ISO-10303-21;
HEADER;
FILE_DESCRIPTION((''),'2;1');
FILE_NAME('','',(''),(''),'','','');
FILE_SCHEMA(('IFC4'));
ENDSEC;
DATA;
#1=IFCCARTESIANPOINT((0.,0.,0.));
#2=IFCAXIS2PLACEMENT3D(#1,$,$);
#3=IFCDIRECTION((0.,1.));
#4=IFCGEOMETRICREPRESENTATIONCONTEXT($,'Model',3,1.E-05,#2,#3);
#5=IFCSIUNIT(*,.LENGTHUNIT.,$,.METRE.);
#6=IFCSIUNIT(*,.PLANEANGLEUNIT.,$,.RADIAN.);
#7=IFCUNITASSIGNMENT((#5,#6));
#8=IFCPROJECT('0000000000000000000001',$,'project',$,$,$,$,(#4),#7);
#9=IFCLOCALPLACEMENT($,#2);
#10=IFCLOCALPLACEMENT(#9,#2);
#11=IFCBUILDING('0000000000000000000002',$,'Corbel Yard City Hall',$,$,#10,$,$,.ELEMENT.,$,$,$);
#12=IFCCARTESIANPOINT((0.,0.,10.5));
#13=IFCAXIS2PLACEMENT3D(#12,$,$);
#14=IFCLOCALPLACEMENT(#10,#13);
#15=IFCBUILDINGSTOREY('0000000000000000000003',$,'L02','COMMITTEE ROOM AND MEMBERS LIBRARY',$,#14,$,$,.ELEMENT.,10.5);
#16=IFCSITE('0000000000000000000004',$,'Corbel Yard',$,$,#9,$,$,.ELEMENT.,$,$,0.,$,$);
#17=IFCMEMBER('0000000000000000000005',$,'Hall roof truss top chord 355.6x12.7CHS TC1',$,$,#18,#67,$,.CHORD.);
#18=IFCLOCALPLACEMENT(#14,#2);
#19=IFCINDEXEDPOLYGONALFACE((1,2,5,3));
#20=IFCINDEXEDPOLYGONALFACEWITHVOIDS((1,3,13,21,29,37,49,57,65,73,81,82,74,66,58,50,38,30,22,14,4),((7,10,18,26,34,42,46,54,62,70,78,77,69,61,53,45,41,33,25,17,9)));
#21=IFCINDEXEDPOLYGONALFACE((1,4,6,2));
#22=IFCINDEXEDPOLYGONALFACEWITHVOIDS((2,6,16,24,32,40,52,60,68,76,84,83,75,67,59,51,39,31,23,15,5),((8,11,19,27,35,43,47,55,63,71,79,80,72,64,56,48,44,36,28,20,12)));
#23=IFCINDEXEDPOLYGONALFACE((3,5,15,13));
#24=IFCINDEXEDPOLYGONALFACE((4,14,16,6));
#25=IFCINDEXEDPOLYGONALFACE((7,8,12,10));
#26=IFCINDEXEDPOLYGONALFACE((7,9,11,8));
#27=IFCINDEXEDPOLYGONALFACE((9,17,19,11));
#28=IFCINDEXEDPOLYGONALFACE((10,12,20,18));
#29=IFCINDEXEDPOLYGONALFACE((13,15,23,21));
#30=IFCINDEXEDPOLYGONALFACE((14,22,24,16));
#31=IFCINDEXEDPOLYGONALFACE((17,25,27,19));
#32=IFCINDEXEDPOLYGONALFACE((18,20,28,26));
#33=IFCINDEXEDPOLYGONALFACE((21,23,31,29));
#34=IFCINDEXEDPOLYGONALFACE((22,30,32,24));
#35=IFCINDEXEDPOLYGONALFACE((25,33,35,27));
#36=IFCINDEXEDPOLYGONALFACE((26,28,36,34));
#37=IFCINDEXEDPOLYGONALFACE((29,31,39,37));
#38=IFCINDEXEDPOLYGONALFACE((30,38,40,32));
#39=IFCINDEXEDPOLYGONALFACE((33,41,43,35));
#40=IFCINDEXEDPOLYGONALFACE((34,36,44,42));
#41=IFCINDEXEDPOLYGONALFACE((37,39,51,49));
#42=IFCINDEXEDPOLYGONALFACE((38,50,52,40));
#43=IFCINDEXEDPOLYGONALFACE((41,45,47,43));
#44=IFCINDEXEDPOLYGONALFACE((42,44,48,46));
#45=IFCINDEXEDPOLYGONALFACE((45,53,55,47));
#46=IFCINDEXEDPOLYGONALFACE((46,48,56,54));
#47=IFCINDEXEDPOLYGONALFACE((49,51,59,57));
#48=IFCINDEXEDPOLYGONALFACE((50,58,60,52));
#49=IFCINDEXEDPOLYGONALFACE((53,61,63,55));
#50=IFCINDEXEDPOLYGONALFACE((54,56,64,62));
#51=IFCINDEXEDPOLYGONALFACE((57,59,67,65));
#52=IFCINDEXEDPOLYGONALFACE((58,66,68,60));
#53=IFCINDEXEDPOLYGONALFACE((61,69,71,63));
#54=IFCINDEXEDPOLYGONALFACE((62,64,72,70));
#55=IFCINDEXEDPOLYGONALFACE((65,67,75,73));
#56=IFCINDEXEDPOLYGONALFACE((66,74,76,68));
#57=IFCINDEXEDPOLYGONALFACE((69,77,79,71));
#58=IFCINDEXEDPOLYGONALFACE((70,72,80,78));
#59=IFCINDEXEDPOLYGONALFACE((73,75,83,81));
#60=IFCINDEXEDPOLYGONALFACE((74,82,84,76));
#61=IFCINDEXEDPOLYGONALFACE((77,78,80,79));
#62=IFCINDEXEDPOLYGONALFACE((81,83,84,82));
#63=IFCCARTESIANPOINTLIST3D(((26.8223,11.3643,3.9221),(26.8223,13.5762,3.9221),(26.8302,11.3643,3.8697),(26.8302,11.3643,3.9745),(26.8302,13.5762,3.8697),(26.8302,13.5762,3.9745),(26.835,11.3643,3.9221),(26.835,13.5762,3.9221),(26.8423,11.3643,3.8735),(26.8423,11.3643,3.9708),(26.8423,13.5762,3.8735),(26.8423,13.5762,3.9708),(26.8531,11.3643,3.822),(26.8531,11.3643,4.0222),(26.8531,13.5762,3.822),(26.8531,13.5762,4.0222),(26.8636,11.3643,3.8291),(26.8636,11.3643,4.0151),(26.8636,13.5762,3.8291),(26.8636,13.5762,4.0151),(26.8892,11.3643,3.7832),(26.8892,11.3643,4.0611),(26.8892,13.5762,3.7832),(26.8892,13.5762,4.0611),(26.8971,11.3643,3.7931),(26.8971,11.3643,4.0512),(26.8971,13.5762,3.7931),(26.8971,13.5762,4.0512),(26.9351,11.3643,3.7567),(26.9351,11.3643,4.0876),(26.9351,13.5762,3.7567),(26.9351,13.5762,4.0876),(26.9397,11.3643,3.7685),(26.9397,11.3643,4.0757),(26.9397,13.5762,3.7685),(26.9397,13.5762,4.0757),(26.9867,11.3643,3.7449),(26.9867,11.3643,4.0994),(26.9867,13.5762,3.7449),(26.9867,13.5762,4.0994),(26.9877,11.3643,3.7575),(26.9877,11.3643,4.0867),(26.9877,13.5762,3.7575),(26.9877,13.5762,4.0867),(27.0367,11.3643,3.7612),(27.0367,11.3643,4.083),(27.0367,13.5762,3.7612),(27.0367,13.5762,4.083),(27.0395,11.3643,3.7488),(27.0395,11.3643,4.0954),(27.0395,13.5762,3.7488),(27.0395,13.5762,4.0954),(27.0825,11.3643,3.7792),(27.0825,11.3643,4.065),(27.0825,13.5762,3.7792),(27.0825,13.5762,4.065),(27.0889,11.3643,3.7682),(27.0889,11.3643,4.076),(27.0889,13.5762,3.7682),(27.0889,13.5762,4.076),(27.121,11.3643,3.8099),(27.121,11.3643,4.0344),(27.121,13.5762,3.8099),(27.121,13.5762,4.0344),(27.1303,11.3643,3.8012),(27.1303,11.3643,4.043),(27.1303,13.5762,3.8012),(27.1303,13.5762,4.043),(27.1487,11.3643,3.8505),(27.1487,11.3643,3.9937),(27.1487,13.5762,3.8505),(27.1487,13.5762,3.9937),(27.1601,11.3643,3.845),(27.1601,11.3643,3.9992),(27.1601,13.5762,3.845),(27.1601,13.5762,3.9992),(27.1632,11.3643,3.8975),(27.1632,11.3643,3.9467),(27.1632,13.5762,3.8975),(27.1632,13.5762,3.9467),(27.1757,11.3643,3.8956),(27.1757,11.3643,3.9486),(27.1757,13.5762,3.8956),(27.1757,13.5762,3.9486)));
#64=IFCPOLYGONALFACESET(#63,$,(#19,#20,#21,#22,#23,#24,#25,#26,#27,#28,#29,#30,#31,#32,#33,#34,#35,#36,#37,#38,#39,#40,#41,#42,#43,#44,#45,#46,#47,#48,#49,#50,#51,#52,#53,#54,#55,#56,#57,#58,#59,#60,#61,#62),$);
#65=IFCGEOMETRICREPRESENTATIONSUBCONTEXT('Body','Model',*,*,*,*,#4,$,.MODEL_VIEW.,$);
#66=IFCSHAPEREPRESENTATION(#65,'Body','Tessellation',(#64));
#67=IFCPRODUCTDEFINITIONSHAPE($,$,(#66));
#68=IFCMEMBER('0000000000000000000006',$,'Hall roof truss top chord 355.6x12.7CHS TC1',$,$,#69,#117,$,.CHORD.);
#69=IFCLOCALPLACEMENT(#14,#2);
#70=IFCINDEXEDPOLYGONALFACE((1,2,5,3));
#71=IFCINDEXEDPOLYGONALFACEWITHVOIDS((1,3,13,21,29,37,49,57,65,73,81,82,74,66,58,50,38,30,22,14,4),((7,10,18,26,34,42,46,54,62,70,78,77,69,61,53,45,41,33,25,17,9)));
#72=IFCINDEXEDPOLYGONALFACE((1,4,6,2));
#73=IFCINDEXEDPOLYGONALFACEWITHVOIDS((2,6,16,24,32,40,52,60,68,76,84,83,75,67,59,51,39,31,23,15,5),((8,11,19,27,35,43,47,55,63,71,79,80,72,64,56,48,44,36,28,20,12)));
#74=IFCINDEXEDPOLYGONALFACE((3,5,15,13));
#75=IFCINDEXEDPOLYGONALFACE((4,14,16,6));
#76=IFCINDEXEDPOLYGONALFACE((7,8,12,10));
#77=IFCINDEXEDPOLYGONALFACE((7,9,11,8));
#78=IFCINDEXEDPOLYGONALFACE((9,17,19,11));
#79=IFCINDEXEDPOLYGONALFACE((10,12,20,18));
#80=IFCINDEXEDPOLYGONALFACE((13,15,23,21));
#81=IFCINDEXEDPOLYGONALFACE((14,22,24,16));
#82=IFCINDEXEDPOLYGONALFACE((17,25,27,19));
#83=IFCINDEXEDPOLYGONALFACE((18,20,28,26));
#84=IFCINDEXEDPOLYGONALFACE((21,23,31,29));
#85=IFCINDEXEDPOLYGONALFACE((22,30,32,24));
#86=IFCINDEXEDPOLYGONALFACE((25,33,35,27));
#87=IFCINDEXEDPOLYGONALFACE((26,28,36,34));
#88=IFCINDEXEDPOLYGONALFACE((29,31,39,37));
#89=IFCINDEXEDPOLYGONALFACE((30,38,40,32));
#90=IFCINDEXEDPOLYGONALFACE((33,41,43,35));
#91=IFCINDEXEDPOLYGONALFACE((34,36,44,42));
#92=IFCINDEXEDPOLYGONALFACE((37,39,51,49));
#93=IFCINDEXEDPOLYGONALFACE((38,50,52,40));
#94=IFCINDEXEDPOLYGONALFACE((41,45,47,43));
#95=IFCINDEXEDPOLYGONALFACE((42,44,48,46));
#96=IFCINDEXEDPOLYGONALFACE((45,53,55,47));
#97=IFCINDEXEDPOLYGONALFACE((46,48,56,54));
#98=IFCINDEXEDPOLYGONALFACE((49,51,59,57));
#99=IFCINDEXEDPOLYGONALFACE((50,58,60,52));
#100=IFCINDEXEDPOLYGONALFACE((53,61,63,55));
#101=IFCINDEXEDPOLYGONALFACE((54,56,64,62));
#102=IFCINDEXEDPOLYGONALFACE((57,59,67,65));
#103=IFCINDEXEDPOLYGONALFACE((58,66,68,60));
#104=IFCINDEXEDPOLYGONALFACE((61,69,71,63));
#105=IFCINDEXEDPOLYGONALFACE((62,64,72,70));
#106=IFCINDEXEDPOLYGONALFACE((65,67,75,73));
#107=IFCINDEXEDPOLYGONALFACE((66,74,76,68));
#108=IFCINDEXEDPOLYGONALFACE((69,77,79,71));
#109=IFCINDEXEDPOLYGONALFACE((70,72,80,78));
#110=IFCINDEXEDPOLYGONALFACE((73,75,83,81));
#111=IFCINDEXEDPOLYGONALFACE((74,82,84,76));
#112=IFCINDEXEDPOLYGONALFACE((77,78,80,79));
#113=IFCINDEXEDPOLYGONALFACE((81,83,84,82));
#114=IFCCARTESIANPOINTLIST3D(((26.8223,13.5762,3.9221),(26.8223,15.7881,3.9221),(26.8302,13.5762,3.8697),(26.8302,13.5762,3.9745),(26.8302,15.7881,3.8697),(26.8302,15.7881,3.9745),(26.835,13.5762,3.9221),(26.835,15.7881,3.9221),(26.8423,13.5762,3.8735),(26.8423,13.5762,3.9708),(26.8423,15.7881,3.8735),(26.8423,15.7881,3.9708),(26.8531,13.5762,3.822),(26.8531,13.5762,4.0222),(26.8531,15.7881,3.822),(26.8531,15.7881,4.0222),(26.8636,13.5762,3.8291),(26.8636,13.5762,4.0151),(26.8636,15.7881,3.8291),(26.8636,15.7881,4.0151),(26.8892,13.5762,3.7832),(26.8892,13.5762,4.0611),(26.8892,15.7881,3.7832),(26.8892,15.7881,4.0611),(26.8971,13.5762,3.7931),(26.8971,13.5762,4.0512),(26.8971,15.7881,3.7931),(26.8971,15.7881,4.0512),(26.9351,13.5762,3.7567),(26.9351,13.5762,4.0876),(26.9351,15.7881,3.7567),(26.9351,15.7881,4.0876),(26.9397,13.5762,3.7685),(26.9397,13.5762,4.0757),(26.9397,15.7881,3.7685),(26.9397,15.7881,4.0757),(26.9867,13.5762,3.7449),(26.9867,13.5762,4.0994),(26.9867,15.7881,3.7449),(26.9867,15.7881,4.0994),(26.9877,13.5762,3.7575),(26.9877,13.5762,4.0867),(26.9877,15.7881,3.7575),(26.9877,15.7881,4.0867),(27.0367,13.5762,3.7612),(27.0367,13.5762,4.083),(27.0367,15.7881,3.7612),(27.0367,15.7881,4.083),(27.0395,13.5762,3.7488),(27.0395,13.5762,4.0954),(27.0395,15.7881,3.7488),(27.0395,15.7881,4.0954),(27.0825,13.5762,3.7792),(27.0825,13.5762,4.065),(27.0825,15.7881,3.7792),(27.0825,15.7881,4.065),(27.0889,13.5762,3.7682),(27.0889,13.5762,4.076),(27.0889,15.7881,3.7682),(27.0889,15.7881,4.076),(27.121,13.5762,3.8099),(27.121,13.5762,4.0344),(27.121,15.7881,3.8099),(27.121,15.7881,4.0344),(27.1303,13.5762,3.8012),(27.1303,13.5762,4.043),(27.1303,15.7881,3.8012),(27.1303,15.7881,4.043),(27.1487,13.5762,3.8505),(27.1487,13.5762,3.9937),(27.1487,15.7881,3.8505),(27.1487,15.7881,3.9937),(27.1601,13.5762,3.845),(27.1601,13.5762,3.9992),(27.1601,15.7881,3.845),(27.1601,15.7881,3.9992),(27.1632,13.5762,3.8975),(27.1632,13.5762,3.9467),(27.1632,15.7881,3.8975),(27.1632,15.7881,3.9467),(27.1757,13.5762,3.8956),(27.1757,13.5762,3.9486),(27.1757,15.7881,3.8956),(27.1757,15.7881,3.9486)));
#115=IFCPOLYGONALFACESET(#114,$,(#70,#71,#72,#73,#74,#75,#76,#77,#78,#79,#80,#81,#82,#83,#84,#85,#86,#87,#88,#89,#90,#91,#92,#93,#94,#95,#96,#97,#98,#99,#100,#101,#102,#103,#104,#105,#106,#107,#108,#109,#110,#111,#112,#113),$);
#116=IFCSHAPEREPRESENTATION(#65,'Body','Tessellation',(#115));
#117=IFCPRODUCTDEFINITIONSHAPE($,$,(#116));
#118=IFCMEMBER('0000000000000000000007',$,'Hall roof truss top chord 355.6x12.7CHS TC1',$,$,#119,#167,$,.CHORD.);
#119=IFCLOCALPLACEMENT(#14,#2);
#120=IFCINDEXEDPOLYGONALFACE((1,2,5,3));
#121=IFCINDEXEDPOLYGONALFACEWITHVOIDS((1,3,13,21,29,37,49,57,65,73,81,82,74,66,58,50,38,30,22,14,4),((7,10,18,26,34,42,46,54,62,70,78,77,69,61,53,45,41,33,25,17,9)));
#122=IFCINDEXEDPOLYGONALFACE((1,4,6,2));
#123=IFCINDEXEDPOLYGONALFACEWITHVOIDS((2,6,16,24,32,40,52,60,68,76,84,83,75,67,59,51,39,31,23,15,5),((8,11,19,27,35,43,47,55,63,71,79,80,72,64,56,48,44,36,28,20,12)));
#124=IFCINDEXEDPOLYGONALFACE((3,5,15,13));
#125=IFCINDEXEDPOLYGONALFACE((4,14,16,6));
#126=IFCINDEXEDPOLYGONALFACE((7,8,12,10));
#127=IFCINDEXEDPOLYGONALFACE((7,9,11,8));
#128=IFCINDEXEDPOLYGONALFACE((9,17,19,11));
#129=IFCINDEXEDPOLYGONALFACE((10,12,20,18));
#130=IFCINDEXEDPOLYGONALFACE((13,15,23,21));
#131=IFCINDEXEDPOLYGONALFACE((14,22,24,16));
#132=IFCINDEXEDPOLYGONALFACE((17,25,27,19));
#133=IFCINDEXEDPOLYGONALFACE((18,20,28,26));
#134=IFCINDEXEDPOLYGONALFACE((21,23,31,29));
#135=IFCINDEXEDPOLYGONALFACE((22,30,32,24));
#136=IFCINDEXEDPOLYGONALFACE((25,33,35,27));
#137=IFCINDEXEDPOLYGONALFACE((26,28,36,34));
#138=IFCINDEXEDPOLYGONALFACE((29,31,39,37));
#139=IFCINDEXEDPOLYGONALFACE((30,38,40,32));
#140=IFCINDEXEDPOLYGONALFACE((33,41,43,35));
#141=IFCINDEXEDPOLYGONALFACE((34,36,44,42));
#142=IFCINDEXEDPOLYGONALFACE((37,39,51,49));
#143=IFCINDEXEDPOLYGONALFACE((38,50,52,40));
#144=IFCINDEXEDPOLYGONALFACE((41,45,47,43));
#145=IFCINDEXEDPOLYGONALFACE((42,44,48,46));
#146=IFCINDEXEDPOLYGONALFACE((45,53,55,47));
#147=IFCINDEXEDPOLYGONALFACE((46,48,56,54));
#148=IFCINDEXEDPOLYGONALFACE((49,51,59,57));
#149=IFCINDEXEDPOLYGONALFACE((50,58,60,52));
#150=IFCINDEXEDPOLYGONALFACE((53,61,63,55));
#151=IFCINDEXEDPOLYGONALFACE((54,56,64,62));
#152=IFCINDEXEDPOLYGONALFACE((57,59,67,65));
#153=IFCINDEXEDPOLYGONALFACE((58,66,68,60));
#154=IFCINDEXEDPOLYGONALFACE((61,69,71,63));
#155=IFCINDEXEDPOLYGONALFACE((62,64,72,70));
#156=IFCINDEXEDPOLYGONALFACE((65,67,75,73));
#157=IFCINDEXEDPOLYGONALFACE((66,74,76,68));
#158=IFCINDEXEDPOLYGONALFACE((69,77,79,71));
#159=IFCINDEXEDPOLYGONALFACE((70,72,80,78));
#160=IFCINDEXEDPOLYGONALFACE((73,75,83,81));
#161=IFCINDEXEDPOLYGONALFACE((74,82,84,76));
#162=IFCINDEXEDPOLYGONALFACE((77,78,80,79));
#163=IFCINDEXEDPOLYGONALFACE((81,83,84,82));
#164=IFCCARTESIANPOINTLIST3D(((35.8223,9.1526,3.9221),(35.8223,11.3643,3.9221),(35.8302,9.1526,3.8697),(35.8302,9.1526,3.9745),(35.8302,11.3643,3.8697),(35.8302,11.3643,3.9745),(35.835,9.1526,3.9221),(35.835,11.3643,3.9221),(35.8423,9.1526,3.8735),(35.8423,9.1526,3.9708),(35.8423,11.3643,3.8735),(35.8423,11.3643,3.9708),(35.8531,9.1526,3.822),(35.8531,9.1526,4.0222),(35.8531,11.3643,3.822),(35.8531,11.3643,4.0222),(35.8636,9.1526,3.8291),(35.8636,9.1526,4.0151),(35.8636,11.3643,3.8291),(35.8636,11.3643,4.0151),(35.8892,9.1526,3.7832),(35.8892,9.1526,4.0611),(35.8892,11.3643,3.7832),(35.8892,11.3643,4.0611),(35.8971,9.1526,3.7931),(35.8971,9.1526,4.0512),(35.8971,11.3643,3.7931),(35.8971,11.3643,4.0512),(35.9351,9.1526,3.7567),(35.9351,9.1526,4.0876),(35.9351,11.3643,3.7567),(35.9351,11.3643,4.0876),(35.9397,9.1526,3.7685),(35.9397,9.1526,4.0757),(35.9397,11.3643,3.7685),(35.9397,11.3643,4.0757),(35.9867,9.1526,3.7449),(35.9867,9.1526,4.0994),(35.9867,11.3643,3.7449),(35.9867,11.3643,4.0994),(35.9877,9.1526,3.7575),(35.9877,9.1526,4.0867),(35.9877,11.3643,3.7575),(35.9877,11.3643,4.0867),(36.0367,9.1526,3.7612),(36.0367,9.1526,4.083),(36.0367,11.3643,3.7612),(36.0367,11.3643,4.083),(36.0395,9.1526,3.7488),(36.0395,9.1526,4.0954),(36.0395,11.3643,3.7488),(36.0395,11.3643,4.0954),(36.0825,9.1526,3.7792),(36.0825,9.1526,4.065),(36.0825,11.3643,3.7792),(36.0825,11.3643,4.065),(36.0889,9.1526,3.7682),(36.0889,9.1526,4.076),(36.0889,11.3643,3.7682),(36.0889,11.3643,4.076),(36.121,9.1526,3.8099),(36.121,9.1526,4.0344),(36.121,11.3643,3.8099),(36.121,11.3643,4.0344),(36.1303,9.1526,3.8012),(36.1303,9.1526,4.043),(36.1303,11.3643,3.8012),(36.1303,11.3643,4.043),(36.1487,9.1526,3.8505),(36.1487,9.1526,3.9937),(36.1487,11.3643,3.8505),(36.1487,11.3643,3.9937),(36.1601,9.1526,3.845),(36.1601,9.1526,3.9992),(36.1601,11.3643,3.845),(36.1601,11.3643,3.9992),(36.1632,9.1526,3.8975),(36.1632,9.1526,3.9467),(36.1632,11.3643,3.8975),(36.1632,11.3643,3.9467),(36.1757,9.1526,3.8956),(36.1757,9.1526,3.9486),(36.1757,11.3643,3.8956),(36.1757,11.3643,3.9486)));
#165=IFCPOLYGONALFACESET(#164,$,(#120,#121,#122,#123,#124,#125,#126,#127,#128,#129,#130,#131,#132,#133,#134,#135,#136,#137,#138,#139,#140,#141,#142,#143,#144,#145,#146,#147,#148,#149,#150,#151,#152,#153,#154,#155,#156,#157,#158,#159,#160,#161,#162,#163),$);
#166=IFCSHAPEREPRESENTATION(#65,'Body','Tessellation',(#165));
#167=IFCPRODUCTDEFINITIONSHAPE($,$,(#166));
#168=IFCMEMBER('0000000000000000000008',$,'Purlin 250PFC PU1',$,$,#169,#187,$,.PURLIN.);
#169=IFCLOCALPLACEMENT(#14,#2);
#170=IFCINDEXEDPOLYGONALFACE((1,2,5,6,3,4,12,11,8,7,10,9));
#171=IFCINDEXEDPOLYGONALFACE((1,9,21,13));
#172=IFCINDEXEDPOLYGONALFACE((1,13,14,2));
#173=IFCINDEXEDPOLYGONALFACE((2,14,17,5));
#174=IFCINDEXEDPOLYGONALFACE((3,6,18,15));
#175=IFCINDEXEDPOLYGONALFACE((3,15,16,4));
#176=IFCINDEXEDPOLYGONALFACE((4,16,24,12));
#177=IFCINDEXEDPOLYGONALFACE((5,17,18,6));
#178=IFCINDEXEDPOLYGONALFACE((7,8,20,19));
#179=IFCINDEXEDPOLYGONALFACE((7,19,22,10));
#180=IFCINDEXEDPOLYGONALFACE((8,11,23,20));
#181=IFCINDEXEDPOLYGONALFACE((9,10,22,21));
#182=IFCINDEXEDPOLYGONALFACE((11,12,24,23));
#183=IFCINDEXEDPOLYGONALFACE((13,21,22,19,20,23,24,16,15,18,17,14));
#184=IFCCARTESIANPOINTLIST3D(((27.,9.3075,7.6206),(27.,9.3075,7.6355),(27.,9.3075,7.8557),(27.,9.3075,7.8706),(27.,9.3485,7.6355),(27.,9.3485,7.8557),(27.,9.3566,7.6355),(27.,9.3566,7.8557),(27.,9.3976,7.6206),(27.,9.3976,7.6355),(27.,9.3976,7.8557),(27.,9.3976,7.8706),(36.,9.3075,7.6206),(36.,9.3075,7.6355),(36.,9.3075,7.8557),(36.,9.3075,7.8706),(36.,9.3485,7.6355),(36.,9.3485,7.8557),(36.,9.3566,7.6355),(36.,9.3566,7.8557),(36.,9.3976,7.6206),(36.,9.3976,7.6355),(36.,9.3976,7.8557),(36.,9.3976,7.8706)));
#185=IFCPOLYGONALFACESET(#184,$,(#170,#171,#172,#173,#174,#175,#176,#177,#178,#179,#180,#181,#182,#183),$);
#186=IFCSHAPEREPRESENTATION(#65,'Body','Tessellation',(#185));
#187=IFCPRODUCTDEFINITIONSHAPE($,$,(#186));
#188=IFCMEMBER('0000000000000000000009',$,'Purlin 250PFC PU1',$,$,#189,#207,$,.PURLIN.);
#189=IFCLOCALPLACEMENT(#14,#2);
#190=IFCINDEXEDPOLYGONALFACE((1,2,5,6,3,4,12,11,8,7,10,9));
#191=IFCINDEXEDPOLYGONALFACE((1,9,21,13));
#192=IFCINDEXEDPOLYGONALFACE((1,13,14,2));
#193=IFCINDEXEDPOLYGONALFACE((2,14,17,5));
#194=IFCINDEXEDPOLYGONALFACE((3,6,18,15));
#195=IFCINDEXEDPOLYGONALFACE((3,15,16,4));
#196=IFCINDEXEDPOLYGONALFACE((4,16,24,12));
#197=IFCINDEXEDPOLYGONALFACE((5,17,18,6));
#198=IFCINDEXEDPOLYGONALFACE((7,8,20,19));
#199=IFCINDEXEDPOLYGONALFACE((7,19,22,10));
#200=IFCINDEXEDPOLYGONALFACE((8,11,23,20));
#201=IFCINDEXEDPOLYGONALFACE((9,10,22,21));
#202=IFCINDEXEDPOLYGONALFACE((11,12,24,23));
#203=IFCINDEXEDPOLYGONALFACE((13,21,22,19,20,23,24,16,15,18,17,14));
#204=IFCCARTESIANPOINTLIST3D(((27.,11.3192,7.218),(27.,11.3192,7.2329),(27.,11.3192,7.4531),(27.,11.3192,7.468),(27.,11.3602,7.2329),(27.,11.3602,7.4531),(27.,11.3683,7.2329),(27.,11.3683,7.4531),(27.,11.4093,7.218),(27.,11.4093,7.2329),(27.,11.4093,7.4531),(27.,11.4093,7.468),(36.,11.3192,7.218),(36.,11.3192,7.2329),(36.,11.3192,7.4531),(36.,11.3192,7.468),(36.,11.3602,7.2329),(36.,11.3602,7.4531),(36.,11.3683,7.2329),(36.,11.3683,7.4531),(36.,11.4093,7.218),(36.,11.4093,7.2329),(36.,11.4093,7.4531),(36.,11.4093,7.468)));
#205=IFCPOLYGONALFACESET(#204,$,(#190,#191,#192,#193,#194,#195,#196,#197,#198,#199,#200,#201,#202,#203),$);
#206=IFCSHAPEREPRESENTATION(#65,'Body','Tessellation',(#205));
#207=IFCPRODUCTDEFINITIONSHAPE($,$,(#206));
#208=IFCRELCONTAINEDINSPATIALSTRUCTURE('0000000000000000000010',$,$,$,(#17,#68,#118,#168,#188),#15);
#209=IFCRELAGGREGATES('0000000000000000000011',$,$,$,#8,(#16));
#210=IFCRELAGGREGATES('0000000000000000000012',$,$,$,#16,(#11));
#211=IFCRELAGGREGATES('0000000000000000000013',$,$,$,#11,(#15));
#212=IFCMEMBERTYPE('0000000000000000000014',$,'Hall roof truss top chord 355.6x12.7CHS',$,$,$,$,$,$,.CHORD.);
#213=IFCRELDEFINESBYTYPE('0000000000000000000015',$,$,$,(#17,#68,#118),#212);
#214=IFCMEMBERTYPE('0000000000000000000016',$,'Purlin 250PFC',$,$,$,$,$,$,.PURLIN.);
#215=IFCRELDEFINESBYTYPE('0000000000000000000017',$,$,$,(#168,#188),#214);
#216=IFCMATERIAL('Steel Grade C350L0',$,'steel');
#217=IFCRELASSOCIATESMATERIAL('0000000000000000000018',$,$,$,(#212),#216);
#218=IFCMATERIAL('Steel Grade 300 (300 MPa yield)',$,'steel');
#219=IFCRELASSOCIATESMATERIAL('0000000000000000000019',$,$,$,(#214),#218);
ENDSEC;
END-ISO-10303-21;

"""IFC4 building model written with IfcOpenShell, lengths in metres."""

from ifc_helpers import new_model, si_unit, direction, frame, origin, origin_2d, place, context, subcontext, project, spatial, hollow_circle, i_section, extrude, material, material_profile, profile_set, type_object, element, save


model = new_model("IFC4")

# Units and contexts
model_context = context("Model", 3, precision=1e-05, world=origin(), true_north=direction((0.0, 1.0)))
body_context = subcontext(model_context, "Body", "Model", "MODEL_VIEW")
ifc_project = project(units=[si_unit("LENGTHUNIT", "METRE"), si_unit("PLANEANGLEUNIT", "RADIAN")], contexts=[model_context])

# Site, building, storey
site_placement = place(None, origin())
site = spatial("IfcSite", under=ifc_project, at=site_placement, Name="Corbel Yard", CompositionType="ELEMENT", RefElevation=0.0)
building_placement = place(site_placement, origin())
building = spatial("IfcBuilding", under=site, at=building_placement, Name="Corbel Yard City Hall", CompositionType="ELEMENT")
storey_placement = place(building_placement, frame((0.0, 0.0, 10.5)))
storey = spatial("IfcBuildingStorey", under=building, at=storey_placement, Name="L02", Description="COMMITTEE ROOM AND MEMBERS LIBRARY", CompositionType="ELEMENT", Elevation=10.5)

# Shared definitions
ifc_material_1 = material(Name="Steel Grade 300 (300 MPa yield)", Category="steel")

# Shared definitions
ifc_material_2 = material(Name="Steel Grade C350L0", Category="steel")

# Members
ifc_material_profile_1 = material_profile(ifc_material_2, hollow_circle(Radius=0.1777, WallThickness=0.0127, at=origin_2d()), Name="355.6x12.7CHS")
ifc_profile_set_1 = profile_set([ifc_material_profile_1], Name="Steel Grade C350L0")
member_type_1 = type_object("IfcMemberType", Name="Hall roof truss top chord 355.6x12.7CHS", PredefinedType="CHORD", material=ifc_profile_set_1)
for number, where, z_axis, x_axis, name in (
    (1, (27.0, 11.3643, 3.9221), (0.0, 1.0, 0.0), (-1.0, 0.0, 0.0), "Hall roof truss top chord 355.6x12.7CHS TC1"),
    (2, (27.0, 13.5762, 3.9221), (0.0, 1.0, 0.0), (-1.0, 0.0, 0.0), "Hall roof truss top chord 355.6x12.7CHS TC1"),
):
    element("IfcMember", number, at=place(storey_placement, frame(where, z_axis=z_axis, x_axis=x_axis)), inside=storey, type_object=member_type_1, Name=name, PredefinedType="CHORD", context=body_context, shape_type="SweptSolid", body=[
        extrude(hollow_circle(Radius=0.1777, WallThickness=0.0127, at=origin_2d()), origin(), (0.0, 0.0, 1.0), 2.2119),
    ])
member_1_placement = place(storey_placement, frame((36.0, 9.1526, 3.9221), z_axis=(0.0, 1.0, 0.0), x_axis=(-1.0, 0.0, 0.0)))
element("IfcMember", 3, at=member_1_placement, inside=storey, type_object=member_type_1, Name="Hall roof truss top chord 355.6x12.7CHS TC1", PredefinedType="CHORD", context=body_context, shape_type="SweptSolid", body=[
    extrude(hollow_circle(Radius=0.1777, WallThickness=0.0127, at=origin_2d()), origin(), (0.0, 0.0, 1.0), 2.2117),
])
ifc_material_profile_2 = material_profile(ifc_material_1, i_section(OverallWidth=0.0901, OverallDepth=0.25, WebThickness=0.0081, FlangeThickness=0.0149, at=origin_2d()), Name="250PFC")
ifc_profile_set_2 = profile_set([ifc_material_profile_2], Name="Steel Grade 300 (300 MPa yield)")
member_type_2 = type_object("IfcMemberType", Name="Purlin 250PFC", PredefinedType="PURLIN", material=ifc_profile_set_2)
for number, where, z_axis, x_axis, name in (
    (4, (27.0, 9.3525, 7.7456), (1.0, 0.0, 0.0), (0.0, 1.0, 0.0), "Purlin 250PFC PU1"),
    (5, (27.0, 11.3643, 7.343), (1.0, 0.0, 0.0), (0.0, 1.0, 0.0), "Purlin 250PFC PU1"),
):
    element("IfcMember", number, at=place(storey_placement, frame(where, z_axis=z_axis, x_axis=x_axis)), inside=storey, type_object=member_type_2, Name=name, PredefinedType="PURLIN", context=body_context, shape_type="SweptSolid", body=[
        extrude(i_section(OverallWidth=0.0901, OverallDepth=0.25, WebThickness=0.0081, FlangeThickness=0.0149, at=origin_2d()), origin(), (0.0, 0.0, 1.0), 9.0),
    ])

save(model, "model.ifc")
